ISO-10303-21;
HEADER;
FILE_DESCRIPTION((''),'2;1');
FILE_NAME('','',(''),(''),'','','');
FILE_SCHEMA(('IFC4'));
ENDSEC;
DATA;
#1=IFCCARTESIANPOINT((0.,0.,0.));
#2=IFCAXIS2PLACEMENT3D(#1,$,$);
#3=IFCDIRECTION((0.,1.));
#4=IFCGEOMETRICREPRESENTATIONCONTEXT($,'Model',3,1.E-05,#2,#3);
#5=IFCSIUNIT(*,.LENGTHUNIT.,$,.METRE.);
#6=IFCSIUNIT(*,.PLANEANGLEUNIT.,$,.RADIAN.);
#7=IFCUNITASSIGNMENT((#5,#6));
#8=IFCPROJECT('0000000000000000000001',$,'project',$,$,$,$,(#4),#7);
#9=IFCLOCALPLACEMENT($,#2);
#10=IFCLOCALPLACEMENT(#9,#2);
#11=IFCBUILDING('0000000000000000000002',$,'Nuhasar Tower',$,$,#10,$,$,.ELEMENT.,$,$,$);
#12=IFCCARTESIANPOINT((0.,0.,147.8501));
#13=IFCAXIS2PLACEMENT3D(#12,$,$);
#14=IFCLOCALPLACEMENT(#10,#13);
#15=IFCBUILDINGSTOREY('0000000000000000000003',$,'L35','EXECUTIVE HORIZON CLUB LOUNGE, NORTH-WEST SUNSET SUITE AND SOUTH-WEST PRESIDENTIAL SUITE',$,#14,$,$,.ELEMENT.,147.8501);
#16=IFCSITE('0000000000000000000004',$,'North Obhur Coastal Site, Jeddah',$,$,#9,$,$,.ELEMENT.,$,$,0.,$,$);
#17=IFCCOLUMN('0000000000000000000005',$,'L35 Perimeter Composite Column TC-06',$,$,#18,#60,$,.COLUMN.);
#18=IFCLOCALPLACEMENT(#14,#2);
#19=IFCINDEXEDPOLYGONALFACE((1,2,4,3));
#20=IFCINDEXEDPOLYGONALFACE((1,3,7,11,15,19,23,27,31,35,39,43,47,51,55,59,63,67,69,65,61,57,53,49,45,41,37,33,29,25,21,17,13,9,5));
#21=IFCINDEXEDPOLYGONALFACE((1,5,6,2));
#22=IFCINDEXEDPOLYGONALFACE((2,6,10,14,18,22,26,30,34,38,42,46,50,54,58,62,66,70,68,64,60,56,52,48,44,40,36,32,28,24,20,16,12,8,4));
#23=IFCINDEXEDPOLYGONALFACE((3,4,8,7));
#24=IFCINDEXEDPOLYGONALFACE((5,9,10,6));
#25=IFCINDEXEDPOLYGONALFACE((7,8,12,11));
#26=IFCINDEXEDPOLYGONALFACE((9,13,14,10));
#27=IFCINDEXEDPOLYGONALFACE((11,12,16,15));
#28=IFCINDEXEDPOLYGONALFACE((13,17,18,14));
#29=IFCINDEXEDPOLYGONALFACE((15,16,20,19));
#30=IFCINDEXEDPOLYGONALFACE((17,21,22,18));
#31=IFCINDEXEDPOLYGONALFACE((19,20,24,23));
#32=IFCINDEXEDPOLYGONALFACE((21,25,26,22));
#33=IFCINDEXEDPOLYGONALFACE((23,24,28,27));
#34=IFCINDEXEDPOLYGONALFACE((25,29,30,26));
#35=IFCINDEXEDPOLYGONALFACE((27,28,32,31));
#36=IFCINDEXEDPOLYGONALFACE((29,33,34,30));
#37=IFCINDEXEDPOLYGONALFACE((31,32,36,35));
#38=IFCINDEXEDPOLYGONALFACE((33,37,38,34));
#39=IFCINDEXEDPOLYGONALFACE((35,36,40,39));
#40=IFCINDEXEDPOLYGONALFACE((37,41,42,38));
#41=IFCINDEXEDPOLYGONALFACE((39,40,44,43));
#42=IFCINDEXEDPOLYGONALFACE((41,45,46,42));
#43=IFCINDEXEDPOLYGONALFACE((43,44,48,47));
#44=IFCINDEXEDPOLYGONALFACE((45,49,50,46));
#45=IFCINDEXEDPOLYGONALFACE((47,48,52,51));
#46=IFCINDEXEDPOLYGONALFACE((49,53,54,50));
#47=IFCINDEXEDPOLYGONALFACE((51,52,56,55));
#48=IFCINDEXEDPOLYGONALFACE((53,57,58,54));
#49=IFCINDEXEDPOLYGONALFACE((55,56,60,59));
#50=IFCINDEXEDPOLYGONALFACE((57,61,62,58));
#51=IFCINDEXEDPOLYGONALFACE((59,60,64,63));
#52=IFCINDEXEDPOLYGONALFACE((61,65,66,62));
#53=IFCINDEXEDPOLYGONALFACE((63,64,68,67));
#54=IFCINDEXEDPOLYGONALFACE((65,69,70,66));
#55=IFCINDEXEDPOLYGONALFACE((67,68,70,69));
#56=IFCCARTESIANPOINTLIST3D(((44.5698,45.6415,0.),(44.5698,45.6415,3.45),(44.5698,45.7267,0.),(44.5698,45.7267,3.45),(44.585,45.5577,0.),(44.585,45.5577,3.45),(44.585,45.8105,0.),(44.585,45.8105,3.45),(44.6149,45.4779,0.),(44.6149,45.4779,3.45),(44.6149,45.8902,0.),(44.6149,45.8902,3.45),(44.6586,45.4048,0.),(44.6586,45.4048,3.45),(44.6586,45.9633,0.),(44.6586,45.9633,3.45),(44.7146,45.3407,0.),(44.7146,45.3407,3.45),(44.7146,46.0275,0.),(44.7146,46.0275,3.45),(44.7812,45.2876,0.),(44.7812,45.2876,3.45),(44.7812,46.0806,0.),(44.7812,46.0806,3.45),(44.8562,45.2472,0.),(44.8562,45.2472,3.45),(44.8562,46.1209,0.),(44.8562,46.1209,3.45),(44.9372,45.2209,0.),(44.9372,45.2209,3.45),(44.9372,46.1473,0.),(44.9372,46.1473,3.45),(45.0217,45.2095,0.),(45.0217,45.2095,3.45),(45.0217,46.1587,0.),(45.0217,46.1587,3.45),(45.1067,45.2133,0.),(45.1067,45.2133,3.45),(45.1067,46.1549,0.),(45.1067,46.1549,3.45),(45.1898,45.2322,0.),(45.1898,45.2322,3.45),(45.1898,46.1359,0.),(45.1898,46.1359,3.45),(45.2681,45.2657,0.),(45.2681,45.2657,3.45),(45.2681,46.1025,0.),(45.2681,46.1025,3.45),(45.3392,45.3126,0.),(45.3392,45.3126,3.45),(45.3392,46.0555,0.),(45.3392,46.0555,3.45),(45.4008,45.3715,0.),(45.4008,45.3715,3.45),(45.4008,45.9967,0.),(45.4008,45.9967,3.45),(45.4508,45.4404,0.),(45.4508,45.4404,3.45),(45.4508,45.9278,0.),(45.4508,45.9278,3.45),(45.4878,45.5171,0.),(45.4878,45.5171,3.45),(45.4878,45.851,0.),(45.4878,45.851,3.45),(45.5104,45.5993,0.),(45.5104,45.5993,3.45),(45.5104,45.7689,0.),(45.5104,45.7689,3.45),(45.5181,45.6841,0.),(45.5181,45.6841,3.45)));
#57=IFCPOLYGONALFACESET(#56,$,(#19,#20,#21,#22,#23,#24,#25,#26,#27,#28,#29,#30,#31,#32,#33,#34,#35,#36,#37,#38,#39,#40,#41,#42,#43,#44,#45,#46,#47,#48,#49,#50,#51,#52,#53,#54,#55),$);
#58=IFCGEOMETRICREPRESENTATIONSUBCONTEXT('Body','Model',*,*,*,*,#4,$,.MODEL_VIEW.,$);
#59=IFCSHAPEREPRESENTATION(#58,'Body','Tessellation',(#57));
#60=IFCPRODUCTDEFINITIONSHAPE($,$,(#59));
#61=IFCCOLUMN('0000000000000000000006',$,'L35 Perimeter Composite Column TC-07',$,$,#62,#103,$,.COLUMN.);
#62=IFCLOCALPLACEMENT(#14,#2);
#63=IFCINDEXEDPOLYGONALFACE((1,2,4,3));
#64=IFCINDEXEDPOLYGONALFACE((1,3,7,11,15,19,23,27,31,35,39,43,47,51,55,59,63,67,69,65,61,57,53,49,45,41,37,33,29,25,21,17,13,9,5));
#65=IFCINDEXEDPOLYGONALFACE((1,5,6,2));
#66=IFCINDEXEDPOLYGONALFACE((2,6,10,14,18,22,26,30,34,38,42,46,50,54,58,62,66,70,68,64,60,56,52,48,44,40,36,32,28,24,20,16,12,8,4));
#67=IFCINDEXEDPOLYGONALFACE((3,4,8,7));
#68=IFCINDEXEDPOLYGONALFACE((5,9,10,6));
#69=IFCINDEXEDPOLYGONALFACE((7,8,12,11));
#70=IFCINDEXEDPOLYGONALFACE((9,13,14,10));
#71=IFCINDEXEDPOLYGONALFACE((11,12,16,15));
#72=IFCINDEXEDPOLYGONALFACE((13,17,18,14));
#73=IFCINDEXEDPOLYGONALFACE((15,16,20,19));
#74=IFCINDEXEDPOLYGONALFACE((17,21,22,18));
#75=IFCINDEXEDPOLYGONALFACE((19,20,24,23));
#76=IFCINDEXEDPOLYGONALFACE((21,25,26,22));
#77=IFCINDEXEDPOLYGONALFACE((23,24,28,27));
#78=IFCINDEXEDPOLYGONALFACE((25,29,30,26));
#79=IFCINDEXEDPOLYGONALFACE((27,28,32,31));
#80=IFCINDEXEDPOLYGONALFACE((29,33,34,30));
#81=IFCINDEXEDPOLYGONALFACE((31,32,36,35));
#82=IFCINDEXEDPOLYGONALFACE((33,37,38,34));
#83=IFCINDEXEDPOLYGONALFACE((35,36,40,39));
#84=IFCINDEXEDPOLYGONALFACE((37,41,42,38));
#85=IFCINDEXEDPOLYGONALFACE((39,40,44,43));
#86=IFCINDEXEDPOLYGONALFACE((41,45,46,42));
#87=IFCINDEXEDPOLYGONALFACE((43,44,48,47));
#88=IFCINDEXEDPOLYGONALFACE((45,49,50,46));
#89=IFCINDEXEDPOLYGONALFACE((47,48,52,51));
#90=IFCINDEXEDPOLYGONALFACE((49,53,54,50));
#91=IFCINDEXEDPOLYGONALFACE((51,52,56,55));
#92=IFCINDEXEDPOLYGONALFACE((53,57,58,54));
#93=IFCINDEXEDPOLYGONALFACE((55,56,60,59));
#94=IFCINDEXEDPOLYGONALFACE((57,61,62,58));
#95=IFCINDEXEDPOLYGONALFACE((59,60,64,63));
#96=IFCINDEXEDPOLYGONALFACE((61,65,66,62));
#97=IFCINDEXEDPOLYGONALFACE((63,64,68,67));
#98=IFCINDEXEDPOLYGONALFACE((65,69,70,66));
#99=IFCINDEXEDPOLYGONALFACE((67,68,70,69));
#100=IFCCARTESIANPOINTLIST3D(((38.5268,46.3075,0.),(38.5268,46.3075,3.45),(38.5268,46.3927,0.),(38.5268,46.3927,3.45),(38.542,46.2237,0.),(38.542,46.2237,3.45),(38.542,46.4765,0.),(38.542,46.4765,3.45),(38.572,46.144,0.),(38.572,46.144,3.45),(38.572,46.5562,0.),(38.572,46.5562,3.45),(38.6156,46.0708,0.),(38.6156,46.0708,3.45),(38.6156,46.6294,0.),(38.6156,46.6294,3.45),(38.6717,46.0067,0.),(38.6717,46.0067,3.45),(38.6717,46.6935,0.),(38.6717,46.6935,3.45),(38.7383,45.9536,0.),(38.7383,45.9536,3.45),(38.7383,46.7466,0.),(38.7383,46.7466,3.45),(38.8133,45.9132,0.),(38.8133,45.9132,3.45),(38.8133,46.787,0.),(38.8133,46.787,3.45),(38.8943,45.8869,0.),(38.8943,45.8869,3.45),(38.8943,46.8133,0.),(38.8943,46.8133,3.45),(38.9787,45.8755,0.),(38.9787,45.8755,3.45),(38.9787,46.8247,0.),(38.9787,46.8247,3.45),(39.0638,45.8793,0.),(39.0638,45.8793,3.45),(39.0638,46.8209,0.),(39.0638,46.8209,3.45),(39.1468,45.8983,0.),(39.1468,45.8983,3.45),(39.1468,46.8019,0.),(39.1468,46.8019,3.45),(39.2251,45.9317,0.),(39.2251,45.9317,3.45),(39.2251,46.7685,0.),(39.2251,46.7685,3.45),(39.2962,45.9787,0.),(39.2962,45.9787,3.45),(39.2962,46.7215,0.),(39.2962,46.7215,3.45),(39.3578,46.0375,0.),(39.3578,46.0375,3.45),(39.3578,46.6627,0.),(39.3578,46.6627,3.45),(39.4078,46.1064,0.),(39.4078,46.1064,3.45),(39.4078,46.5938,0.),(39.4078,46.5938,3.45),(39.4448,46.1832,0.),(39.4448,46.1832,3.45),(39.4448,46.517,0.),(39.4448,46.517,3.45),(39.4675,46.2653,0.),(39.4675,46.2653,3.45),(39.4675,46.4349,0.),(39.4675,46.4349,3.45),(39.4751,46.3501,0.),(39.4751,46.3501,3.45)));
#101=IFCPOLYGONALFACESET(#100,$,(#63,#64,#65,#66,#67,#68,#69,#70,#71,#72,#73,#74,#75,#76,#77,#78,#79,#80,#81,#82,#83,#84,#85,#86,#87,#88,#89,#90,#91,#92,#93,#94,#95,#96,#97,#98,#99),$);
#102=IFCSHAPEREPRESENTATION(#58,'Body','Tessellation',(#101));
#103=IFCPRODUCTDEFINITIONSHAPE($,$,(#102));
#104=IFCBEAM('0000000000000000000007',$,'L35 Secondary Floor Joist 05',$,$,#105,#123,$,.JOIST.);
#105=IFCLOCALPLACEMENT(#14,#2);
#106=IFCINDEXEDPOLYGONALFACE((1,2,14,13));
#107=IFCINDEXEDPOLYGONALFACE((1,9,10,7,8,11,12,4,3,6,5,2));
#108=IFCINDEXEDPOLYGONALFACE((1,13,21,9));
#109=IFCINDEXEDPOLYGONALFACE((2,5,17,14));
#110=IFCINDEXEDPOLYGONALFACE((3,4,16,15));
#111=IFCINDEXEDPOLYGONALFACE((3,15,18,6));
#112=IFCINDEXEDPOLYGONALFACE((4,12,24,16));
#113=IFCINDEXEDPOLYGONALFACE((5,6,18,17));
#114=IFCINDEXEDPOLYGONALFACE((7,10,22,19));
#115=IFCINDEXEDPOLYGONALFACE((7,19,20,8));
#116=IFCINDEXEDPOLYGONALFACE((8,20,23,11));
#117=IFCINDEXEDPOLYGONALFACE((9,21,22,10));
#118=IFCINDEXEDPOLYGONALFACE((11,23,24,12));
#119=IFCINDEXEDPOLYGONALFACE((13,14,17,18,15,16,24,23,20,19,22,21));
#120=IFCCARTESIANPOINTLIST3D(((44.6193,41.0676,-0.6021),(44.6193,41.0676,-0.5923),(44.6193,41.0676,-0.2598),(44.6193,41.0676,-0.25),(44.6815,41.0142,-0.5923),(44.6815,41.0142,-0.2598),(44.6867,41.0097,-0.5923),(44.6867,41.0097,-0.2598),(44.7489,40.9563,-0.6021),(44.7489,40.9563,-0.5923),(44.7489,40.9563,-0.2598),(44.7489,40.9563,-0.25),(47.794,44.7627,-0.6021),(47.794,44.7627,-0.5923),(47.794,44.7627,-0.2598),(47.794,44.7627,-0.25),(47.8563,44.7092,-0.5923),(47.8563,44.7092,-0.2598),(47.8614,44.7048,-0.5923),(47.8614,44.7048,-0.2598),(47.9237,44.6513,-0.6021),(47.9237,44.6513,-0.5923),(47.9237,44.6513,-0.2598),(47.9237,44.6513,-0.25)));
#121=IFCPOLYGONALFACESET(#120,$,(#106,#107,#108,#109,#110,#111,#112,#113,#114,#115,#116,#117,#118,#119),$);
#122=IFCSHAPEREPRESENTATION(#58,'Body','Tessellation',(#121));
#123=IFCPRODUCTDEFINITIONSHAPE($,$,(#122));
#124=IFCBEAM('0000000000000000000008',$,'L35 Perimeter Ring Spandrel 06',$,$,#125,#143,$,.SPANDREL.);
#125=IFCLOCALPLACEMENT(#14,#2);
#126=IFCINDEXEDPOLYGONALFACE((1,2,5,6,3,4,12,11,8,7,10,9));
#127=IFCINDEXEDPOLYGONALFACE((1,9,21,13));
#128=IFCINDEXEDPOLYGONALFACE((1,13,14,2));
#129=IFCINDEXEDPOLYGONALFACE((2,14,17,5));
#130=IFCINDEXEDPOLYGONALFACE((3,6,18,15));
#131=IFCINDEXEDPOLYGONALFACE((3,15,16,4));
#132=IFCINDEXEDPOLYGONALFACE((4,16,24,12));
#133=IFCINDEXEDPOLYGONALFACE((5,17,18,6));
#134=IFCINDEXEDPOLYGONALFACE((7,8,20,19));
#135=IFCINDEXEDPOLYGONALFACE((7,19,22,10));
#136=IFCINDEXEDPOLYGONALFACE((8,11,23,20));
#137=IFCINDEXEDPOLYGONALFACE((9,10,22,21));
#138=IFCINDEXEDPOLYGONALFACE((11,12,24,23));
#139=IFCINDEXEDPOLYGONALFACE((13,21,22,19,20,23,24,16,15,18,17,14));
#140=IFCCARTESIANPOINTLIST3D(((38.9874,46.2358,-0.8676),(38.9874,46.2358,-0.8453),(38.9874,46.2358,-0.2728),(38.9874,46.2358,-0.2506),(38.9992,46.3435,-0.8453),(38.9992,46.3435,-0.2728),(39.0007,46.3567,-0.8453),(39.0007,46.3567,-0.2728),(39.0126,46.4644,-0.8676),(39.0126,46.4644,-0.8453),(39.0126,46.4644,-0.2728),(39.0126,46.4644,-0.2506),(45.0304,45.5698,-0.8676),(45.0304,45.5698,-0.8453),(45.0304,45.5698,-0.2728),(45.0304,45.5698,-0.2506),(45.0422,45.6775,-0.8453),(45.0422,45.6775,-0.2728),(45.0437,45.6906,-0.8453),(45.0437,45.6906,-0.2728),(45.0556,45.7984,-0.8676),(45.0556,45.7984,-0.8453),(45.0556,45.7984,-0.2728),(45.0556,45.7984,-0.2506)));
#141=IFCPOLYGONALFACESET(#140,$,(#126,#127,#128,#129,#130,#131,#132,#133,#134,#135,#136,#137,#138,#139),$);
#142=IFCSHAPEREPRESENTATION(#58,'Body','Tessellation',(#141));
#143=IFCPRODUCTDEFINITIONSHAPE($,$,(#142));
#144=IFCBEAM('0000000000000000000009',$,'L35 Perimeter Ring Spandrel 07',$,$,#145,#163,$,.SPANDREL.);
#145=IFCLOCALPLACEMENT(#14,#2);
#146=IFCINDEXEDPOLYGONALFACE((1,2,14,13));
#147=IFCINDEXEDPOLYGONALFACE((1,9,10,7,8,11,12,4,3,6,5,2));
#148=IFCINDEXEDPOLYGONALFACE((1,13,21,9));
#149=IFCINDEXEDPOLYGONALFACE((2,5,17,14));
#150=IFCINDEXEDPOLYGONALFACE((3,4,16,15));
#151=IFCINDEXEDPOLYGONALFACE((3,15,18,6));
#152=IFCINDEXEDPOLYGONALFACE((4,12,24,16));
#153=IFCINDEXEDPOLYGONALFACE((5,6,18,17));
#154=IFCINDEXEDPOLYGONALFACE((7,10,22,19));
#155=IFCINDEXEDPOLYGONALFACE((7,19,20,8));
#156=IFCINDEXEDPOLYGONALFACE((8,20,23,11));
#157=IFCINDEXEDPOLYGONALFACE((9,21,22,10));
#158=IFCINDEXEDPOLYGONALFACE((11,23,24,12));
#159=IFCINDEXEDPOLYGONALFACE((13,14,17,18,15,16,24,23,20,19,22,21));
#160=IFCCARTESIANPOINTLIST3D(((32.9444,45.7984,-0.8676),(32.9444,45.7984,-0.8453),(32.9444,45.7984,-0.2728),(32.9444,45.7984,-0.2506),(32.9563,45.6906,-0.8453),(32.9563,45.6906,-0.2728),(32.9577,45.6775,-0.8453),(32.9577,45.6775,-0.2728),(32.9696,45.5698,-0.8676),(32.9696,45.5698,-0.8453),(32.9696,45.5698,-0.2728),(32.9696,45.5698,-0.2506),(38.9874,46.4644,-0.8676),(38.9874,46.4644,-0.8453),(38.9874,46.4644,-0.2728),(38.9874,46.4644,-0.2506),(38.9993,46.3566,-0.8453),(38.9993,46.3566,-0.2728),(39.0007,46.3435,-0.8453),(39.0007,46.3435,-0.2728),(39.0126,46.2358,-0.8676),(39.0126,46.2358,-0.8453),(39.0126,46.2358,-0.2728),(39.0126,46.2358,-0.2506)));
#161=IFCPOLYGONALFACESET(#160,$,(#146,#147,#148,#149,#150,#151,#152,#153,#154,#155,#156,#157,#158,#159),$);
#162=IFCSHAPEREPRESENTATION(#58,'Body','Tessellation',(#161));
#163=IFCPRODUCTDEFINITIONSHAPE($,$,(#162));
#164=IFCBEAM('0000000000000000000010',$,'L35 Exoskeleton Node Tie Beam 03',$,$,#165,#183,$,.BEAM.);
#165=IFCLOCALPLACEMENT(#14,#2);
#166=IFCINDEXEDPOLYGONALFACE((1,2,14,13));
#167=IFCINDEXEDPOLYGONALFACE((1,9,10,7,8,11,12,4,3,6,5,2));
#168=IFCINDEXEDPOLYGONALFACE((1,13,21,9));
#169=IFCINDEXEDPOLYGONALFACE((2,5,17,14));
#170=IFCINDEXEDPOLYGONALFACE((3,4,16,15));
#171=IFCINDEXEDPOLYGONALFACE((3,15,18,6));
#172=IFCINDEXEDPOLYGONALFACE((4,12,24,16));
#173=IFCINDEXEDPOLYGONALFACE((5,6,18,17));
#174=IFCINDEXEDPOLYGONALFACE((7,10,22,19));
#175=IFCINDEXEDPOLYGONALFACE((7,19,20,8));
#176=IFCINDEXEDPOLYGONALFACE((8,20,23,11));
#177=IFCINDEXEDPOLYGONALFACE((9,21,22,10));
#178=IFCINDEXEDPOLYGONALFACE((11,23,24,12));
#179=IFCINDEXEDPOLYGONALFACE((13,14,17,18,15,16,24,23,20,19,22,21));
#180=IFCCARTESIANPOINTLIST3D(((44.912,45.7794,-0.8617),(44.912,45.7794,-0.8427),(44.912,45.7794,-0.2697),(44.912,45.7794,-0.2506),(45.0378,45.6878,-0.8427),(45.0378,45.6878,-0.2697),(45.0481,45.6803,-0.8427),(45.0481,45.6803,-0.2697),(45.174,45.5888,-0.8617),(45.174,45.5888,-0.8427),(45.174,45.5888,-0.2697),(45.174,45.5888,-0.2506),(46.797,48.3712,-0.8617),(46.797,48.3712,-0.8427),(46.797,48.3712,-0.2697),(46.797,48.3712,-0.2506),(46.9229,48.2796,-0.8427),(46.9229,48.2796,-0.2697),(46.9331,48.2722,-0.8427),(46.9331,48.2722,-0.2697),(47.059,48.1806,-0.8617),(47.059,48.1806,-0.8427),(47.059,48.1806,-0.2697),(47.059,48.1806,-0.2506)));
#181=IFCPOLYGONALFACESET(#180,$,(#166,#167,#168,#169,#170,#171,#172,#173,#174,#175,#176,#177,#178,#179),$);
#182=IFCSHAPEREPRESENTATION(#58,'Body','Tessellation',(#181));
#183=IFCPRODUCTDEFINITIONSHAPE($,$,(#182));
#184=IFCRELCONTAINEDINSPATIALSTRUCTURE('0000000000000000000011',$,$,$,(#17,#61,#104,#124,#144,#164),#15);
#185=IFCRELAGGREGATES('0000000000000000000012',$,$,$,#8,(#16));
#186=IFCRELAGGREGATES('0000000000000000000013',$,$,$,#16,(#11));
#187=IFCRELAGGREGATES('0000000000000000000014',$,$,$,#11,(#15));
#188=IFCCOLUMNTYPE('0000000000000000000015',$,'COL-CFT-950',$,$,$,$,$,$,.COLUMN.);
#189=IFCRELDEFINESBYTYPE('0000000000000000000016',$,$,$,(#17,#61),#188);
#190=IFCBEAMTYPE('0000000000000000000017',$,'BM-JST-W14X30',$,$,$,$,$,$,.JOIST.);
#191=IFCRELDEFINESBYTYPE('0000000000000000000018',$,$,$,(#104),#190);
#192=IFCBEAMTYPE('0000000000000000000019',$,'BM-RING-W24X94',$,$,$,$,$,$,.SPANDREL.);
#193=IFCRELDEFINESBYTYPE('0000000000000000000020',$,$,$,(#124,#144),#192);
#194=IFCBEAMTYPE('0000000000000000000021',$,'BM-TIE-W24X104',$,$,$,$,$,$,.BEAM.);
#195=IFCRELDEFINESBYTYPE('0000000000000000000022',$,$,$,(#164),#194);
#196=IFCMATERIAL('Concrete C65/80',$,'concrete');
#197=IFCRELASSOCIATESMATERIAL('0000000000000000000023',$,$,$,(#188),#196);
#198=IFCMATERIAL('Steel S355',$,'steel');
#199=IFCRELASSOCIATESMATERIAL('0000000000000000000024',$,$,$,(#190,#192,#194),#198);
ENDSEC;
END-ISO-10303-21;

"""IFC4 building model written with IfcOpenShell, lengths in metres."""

from ifc_helpers import new_model, si_unit, direction, frame, origin, origin_2d, place, context, subcontext, project, spatial, circle, i_section, extrude, material, material_profile, profile_set, type_object, element, save


model = new_model("IFC4")

# Units and contexts
model_context = context("Model", 3, precision=1e-05, world=origin(), true_north=direction((0.0, 1.0)))
body_context = subcontext(model_context, "Body", "Model", "MODEL_VIEW")
ifc_project = project(units=[si_unit("LENGTHUNIT", "METRE"), si_unit("PLANEANGLEUNIT", "RADIAN")], contexts=[model_context])

# Site, building, storey
site_placement = place(None, origin())
site = spatial("IfcSite", under=ifc_project, at=site_placement, Name="North Obhur Coastal Site, Jeddah", CompositionType="ELEMENT", RefElevation=0.0)
building_placement = place(site_placement, origin())
building = spatial("IfcBuilding", under=site, at=building_placement, Name="Nuhasar Tower", CompositionType="ELEMENT")
storey_placement = place(building_placement, frame((0.0, 0.0, 147.8501)))
storey = spatial("IfcBuildingStorey", under=building, at=storey_placement, Name="L35", Description="EXECUTIVE HORIZON CLUB LOUNGE, NORTH-WEST SUNSET SUITE AND SOUTH-WEST PRESIDENTIAL SUITE", CompositionType="ELEMENT", Elevation=147.8501)

# Columns
ifc_material_1 = material(Name="Concrete C65/80", Category="concrete")
ifc_material_profile_1 = material_profile(ifc_material_1, circle(Radius=0.4751, at=origin_2d()), Name="CFT950")
ifc_profile_set_1 = profile_set([ifc_material_profile_1], Name="Concrete C65/80")
column_type = type_object("IfcColumnType", Name="COL-CFT-950", PredefinedType="COLUMN", material=ifc_profile_set_1)
for number, where, z_axis, x_axis, name in (
    (1, (45.043, 45.6841, 0.0), (0.0, 0.0, 1.0), (1.0, 0.0, 0.0), "L35 Perimeter Composite Column TC-06"),
    (2, (39.0, 46.3501, 0.0), (0.0, 0.0, 1.0), (1.0, 0.0, 0.0), "L35 Perimeter Composite Column TC-07"),
):
    element("IfcColumn", number, at=place(storey_placement, frame(where, z_axis=z_axis, x_axis=x_axis)), inside=storey, type_object=column_type, Name=name, PredefinedType="COLUMN", context=body_context, shape_type="SweptSolid", body=[
        extrude(circle(Radius=0.4751, at=origin_2d()), origin(), (0.0, 0.0, 1.0), 3.45),
    ])

# Beams
ifc_material_2 = material(Name="Steel S355", Category="steel")
ifc_material_profile_2 = material_profile(ifc_material_2, i_section(OverallWidth=0.1709, OverallDepth=0.3521, WebThickness=0.0068, FlangeThickness=0.0098, at=origin_2d()), Name="W14X30")
ifc_profile_set_2 = profile_set([ifc_material_profile_2], Name="Steel S355")
beam_type_1 = type_object("IfcBeamType", Name="BM-JST-W14X30", PredefinedType="JOIST", material=ifc_profile_set_2)
beam_1_placement = place(storey_placement, frame((44.6841, 41.012, -0.426), z_axis=(0.651691, 0.758485, 0.0), x_axis=(-0.758485, 0.651691, 0.0)))
element("IfcBeam", 3, at=beam_1_placement, inside=storey, type_object=beam_type_1, Name="L35 Secondary Floor Joist 05", PredefinedType="JOIST", context=body_context, shape_type="SweptSolid", body=[
    extrude(i_section(OverallWidth=0.1709, OverallDepth=0.3521, WebThickness=0.0068, FlangeThickness=0.0098, at=origin_2d()), origin(), (0.0, 0.0, 1.0), 4.8716),
])
ifc_material_profile_3 = material_profile(ifc_material_2, i_section(OverallWidth=0.23, OverallDepth=0.6169, WebThickness=0.0132, FlangeThickness=0.0222, at=origin_2d()), Name="W24X94")
ifc_profile_set_3 = profile_set([ifc_material_profile_3], Name="Steel S355")
beam_type_2 = type_object("IfcBeamType", Name="BM-RING-W24X94", PredefinedType="SPANDREL", material=ifc_profile_set_3)
for number, where, z_axis, x_axis, name in (
    (4, (45.043, 45.6841, -0.5591), (-0.993981, 0.10955, 0.0), (-0.10955, -0.993981, 0.0), "L35 Perimeter Ring Spandrel 06"),
    (5, (39.0, 46.3501, -0.5591), (-0.993981, -0.10955, 0.0), (0.10955, -0.993981, 0.0), "L35 Perimeter Ring Spandrel 07"),
):
    element("IfcBeam", number, at=place(storey_placement, frame(where, z_axis=z_axis, x_axis=x_axis)), inside=storey, type_object=beam_type_2, Name=name, PredefinedType="SPANDREL", context=body_context, shape_type="SweptSolid", body=[
        extrude(i_section(OverallWidth=0.23, OverallDepth=0.6169, WebThickness=0.0132, FlangeThickness=0.0222, at=origin_2d()), origin(), (0.0, 0.0, 1.0), 6.0796),
    ])
ifc_material_profile_4 = material_profile(ifc_material_2, i_section(OverallWidth=0.324, OverallDepth=0.6111, WebThickness=0.0127, FlangeThickness=0.019, at=origin_2d()), Name="W24X104")
ifc_profile_set_4 = profile_set([ifc_material_profile_4], Name="Steel S355")
beam_type_3 = type_object("IfcBeamType", Name="BM-TIE-W24X104", PredefinedType="BEAM", material=ifc_profile_set_4)
beam_2_placement = place(storey_placement, frame((45.043, 45.6841, -0.5562), z_axis=(0.588185, 0.808726, 0.0), x_axis=(-0.808726, 0.588185, 0.0)))
element("IfcBeam", 6, at=beam_2_placement, inside=storey, type_object=beam_type_3, Name="L35 Exoskeleton Node Tie Beam 03", PredefinedType="BEAM", context=body_context, shape_type="SweptSolid", body=[
    extrude(i_section(OverallWidth=0.324, OverallDepth=0.6111, WebThickness=0.0127, FlangeThickness=0.019, at=origin_2d()), origin(), (0.0, 0.0, 1.0), 3.2048),
])

save(model, "model.ifc")
